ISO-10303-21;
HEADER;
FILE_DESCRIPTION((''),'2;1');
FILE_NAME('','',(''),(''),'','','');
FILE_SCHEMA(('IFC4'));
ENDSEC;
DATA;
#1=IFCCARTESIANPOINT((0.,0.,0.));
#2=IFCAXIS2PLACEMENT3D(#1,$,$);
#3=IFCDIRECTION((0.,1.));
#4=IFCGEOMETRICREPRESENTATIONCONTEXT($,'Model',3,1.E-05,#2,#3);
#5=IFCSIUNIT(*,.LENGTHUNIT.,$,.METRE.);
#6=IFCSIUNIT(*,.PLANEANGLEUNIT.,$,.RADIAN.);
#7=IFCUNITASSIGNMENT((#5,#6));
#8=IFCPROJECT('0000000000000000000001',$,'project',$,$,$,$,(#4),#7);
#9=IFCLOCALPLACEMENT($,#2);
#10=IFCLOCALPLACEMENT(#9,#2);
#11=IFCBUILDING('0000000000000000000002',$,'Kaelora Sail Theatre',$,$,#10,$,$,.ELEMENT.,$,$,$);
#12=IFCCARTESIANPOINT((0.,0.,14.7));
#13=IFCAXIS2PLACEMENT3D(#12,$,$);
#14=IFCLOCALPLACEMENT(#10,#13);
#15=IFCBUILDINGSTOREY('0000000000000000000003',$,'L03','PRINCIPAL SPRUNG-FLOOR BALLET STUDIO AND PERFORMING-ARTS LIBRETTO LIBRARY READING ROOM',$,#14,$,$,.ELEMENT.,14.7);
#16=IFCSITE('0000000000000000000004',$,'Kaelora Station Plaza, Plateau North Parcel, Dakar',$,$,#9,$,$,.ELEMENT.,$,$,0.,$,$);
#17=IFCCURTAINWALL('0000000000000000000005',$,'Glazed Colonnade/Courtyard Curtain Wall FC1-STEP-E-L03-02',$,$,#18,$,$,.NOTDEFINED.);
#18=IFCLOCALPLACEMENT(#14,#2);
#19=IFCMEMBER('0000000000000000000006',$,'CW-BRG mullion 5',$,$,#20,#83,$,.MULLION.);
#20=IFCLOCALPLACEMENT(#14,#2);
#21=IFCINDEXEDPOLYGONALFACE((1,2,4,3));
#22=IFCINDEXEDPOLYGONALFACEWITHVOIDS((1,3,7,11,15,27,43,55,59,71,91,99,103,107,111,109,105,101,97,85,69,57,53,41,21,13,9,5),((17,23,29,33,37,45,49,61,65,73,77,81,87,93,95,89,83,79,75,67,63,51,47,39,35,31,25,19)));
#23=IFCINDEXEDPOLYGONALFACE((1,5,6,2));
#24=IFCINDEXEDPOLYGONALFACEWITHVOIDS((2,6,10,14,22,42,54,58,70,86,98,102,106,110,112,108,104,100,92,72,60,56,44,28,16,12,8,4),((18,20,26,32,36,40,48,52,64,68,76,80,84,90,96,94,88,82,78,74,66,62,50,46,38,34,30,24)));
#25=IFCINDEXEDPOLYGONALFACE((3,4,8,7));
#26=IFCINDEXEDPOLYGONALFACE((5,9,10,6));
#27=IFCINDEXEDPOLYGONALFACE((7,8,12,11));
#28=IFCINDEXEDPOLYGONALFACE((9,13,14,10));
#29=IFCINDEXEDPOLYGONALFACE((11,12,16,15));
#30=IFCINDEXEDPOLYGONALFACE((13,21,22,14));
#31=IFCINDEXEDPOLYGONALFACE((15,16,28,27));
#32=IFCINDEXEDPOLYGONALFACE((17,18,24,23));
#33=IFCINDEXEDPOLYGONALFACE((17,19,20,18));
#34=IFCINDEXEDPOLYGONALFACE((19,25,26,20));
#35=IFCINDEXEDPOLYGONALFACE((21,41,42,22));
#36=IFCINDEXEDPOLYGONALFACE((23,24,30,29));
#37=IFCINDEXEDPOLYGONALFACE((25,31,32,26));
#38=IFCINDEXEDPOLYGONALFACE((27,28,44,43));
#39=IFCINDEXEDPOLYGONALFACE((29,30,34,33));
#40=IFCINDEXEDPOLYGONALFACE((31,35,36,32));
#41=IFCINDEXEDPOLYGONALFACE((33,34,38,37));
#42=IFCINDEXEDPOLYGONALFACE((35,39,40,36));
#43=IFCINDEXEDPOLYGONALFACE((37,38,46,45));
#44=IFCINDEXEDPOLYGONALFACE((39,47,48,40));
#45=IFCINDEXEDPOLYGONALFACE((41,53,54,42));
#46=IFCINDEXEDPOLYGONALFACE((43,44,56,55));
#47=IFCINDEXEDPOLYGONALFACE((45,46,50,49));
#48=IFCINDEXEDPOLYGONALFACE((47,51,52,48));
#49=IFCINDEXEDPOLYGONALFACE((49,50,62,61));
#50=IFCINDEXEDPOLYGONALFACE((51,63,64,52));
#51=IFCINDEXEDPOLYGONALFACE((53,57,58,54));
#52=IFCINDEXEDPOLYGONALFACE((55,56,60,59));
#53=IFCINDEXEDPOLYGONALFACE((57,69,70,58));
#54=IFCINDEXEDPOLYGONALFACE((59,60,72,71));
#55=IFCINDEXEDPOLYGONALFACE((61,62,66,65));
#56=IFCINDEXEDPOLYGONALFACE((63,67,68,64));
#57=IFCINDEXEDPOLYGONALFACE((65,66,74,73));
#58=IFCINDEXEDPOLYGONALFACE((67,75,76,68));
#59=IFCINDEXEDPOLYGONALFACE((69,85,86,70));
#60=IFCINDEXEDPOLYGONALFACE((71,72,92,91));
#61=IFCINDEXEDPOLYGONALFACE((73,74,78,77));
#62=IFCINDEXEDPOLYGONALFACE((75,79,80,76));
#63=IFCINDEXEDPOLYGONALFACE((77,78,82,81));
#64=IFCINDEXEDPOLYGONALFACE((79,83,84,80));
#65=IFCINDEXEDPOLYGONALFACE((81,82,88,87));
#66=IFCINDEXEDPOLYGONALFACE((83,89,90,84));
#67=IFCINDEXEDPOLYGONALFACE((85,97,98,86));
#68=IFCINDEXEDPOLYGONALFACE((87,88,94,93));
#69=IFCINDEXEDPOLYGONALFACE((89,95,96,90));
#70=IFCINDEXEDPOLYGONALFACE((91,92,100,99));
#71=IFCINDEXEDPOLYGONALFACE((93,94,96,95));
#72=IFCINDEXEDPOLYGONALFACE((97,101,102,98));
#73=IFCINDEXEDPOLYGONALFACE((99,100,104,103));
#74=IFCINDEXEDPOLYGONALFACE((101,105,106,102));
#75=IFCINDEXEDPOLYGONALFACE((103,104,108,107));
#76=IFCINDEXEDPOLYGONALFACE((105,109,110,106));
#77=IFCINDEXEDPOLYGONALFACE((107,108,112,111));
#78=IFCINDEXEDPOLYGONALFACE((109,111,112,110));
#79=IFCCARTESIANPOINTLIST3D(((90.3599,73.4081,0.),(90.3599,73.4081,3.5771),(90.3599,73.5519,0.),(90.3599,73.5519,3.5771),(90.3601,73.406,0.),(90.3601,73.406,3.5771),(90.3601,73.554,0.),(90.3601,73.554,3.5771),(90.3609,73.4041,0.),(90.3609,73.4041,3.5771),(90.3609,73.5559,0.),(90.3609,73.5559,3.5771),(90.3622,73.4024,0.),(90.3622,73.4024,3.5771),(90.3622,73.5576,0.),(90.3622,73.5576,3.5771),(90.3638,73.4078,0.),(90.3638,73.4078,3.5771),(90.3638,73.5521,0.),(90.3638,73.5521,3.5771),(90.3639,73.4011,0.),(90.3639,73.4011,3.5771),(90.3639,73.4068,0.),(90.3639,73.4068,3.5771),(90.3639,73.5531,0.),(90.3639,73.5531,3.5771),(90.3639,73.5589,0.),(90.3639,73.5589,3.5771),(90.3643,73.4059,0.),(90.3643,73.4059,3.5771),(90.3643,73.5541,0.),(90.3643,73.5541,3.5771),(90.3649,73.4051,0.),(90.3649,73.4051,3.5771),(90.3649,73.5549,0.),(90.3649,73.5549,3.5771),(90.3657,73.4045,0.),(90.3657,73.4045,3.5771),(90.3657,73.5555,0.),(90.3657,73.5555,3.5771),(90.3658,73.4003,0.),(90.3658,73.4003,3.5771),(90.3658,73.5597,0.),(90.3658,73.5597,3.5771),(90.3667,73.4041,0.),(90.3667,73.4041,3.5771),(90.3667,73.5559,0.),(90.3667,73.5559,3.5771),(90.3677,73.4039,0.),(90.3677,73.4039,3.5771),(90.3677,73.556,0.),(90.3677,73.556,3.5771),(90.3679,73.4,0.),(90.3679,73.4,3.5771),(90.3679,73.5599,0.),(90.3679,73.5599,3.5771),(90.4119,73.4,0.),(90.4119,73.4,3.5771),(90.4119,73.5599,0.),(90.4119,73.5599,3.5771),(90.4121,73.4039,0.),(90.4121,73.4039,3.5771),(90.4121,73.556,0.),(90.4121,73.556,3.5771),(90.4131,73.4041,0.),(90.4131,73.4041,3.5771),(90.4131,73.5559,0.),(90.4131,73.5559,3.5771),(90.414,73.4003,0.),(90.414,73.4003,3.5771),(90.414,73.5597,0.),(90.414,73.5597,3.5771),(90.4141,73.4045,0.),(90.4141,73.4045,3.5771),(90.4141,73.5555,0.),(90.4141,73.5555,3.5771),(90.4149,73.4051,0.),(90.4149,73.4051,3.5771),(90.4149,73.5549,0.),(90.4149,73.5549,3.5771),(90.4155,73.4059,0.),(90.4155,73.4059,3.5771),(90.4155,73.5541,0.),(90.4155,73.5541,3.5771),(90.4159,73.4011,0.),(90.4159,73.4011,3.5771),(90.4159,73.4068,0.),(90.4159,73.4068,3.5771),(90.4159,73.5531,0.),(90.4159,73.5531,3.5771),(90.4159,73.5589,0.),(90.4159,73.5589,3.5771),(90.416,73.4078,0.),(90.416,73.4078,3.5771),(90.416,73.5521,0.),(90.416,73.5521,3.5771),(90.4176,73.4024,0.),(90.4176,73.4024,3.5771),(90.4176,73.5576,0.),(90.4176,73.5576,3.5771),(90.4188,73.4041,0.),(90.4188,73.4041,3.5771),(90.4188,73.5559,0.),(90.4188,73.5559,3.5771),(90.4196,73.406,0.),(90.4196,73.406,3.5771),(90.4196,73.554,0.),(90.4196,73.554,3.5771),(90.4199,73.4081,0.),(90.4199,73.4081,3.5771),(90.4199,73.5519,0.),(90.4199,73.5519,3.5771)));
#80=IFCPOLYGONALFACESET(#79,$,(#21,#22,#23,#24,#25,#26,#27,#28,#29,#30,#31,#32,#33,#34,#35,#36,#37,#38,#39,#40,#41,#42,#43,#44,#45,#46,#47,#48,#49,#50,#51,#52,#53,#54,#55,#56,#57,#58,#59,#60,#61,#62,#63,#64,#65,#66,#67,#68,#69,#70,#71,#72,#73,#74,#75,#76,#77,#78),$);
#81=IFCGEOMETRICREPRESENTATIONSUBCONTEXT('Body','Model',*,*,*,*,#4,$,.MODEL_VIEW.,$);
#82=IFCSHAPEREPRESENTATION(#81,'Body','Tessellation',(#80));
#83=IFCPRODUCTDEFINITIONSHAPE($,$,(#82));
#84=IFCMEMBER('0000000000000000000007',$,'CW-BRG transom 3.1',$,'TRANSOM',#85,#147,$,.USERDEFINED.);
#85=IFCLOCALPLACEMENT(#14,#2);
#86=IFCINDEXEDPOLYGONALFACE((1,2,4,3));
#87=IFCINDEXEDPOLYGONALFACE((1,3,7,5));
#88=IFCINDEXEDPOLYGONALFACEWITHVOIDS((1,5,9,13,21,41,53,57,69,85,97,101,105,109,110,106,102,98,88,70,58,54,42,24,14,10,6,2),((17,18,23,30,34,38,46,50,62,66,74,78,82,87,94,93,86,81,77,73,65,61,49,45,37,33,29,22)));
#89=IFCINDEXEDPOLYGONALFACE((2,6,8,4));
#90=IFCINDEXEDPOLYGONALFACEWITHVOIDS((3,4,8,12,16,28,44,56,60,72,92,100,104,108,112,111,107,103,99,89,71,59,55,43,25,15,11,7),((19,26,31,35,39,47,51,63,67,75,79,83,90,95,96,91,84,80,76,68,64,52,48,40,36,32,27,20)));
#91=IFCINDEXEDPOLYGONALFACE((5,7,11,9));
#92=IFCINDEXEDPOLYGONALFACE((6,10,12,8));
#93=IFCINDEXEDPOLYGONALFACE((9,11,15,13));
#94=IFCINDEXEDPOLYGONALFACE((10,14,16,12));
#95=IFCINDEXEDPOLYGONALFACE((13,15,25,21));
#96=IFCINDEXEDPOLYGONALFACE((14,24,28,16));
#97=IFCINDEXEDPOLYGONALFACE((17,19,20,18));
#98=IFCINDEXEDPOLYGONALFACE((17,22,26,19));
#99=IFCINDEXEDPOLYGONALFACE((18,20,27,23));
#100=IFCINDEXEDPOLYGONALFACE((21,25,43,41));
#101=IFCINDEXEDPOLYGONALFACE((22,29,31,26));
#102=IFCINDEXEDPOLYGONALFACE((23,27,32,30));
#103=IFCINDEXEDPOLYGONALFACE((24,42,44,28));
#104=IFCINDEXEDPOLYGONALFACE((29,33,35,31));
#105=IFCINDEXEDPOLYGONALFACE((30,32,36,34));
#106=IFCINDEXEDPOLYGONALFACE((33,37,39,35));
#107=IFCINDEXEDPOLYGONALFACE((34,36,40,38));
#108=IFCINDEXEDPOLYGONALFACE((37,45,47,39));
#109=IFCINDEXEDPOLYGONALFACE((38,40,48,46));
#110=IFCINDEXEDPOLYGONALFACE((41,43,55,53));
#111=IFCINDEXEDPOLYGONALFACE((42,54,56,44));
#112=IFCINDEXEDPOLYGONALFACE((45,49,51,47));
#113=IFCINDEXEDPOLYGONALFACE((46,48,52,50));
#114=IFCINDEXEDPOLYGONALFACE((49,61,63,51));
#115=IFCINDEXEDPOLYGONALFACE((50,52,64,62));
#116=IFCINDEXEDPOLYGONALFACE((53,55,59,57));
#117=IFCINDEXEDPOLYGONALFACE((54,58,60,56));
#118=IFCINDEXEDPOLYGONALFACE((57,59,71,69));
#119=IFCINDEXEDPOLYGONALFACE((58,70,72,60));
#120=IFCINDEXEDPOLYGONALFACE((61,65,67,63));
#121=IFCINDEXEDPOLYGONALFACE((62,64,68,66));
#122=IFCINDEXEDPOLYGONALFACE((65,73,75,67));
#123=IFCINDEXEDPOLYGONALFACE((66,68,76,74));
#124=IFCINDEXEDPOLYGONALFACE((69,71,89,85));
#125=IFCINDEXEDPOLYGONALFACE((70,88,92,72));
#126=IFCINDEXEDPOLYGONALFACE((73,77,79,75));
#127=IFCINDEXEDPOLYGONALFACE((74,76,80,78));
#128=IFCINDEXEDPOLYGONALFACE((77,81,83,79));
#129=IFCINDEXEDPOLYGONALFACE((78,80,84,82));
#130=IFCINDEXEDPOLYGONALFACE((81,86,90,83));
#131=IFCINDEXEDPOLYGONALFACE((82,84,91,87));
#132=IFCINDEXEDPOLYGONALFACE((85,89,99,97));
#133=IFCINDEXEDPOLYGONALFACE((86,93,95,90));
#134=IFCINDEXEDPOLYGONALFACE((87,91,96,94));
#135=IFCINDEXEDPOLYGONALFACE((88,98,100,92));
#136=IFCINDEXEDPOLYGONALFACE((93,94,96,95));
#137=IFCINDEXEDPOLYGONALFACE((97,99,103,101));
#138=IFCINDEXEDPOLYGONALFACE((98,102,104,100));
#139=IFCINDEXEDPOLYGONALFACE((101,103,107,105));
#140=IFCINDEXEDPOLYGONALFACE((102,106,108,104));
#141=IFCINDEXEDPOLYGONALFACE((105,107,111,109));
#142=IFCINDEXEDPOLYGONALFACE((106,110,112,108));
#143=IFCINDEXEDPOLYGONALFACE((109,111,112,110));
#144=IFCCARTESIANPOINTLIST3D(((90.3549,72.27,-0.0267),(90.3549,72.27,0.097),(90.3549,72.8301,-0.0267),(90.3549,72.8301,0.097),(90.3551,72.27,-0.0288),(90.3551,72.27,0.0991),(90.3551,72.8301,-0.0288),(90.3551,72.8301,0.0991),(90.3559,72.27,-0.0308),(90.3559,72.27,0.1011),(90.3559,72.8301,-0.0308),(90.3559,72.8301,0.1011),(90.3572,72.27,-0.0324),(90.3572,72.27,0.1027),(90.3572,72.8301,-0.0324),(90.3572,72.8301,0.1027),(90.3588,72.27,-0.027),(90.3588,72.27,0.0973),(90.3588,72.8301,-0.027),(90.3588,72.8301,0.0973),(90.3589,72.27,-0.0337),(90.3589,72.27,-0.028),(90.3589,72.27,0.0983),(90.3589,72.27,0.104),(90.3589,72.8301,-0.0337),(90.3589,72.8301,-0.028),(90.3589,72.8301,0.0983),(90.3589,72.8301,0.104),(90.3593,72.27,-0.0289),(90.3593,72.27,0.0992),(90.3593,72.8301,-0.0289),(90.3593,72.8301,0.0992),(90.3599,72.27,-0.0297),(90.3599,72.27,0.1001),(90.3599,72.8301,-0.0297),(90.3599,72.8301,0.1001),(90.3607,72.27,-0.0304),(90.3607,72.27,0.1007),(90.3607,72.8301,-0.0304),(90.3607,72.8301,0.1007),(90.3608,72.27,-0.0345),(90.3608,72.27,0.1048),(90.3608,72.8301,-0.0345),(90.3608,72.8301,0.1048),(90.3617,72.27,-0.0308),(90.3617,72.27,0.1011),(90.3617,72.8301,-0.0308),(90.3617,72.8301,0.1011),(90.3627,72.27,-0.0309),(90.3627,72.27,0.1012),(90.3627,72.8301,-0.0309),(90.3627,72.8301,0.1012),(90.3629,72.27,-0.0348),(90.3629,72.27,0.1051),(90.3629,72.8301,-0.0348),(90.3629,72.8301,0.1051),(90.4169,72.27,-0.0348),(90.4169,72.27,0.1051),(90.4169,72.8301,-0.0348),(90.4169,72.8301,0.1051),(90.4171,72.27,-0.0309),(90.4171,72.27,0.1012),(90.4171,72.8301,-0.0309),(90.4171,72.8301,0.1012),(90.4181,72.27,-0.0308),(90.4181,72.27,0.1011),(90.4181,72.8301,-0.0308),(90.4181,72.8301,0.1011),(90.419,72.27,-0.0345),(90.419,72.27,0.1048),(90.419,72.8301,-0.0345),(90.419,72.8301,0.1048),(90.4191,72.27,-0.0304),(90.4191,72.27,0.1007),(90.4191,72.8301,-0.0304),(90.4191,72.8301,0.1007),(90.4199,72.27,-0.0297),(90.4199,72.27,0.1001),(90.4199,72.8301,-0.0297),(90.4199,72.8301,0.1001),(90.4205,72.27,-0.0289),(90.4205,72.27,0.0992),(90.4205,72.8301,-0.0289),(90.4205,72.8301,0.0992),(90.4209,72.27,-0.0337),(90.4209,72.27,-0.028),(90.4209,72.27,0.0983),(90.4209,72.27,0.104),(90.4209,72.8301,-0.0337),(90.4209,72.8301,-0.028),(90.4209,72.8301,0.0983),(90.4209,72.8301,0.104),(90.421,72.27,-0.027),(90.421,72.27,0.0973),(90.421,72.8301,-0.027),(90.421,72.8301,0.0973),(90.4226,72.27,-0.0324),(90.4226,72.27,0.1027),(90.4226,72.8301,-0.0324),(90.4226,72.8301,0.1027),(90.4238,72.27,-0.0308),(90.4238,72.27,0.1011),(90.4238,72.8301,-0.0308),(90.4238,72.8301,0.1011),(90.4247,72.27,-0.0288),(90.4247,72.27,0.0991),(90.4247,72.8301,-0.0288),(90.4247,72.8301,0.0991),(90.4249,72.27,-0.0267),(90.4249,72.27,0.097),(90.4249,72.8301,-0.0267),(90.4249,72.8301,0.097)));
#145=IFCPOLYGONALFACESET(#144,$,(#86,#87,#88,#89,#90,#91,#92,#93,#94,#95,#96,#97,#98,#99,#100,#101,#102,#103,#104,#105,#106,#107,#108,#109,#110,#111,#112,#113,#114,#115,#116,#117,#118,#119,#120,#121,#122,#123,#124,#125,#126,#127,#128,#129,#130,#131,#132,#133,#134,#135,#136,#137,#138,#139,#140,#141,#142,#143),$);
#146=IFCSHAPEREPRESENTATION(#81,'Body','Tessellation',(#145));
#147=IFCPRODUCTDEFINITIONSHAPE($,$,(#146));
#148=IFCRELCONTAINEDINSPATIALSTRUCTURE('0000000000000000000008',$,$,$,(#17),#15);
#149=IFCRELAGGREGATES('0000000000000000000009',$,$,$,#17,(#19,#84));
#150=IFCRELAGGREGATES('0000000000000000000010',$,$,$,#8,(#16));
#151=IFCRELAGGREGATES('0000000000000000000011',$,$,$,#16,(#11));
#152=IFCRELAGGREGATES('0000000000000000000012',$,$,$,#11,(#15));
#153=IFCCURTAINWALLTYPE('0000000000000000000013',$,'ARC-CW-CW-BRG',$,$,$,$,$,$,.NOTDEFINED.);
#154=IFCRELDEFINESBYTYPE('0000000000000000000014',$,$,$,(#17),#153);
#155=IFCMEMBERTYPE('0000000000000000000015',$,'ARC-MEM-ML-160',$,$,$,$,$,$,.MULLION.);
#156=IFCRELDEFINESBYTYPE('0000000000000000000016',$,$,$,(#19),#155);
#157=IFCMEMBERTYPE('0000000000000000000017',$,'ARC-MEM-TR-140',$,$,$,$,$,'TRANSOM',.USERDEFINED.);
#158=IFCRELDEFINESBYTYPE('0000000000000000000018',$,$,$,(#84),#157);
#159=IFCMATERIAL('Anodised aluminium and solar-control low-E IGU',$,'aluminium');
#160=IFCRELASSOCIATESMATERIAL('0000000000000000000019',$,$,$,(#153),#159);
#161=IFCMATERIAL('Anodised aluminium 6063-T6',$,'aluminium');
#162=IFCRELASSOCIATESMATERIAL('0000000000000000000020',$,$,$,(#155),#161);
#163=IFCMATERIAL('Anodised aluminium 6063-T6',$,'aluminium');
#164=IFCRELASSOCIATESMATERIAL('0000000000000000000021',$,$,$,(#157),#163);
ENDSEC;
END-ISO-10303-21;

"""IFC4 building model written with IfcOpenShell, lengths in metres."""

from ifc_helpers import new_model, si_unit, direction, frame, origin, origin_2d, place, context, subcontext, project, spatial, hollow_rectangle, extrude, material, material_profile, profile_set, type_object, element, aggregate, save


model = new_model("IFC4")

# Units and contexts
model_context = context("Model", 3, precision=1e-05, world=origin(), true_north=direction((0.0, 1.0)))
body_context = subcontext(model_context, "Body", "Model", "MODEL_VIEW")
ifc_project = project(units=[si_unit("LENGTHUNIT", "METRE"), si_unit("PLANEANGLEUNIT", "RADIAN")], contexts=[model_context])

# Site, building, storey
site_placement = place(None, origin())
site = spatial("IfcSite", under=ifc_project, at=site_placement, Name="Kaelora Station Plaza, Plateau North Parcel, Dakar", CompositionType="ELEMENT", RefElevation=0.0)
building_placement = place(site_placement, origin())
building = spatial("IfcBuilding", under=site, at=building_placement, Name="Kaelora Sail Theatre", CompositionType="ELEMENT")
storey_placement = place(building_placement, frame((0.0, 0.0, 14.7)))
storey = spatial("IfcBuildingStorey", under=building, at=storey_placement, Name="L03", Description="PRINCIPAL SPRUNG-FLOOR BALLET STUDIO AND PERFORMING-ARTS LIBRETTO LIBRARY READING ROOM", CompositionType="ELEMENT", Elevation=14.7)

# Curtain wall, members
ifc_material_1 = material(Name="Anodised aluminium and solar-control low-E IGU", Category="aluminium")
curtain_wall_type = type_object("IfcCurtainWallType", Name="ARC-CW-CW-BRG", PredefinedType="NOTDEFINED", material=ifc_material_1)
curtain_wall_placement = place(storey_placement, origin())
curtain_wall = element("IfcCurtainWall", 1, at=curtain_wall_placement, inside=storey, type_object=curtain_wall_type, Name="Glazed Colonnade/Courtyard Curtain Wall FC1-STEP-E-L03-02", PredefinedType="NOTDEFINED")
ifc_material_2 = material(Name="Anodised aluminium 6063-T6", Category="aluminium")
ifc_material_profile_1 = material_profile(ifc_material_2, hollow_rectangle(XDim=0.0601, YDim=0.1599, WallThickness=0.0039, InnerFilletRadius=0.0039, OuterFilletRadius=0.0081, at=origin_2d()), Name="ALU-MULL 60x160x4")
ifc_profile_set_1 = profile_set([ifc_material_profile_1], Name="Anodised aluminium 6063-T6")
member_type_1 = type_object("IfcMemberType", Name="ARC-MEM-ML-160", PredefinedType="MULLION", material=ifc_profile_set_1)
member_1_placement = place(storey_placement, frame((90.3899, 73.48, 0.0), z_axis=(0.0, 0.0, 1.0), x_axis=(-1.0, 0.0, 0.0)))
member_1 = element("IfcMember", 2, at=member_1_placement, type_object=member_type_1, Name="CW-BRG mullion 5", PredefinedType="MULLION", context=body_context, shape_type="SweptSolid", body=[
    extrude(hollow_rectangle(XDim=0.0601, YDim=0.1599, WallThickness=0.0039, InnerFilletRadius=0.0039, OuterFilletRadius=0.0081, at=origin_2d()), origin(), (0.0, 0.0, 1.0), 3.5771),
])
ifc_material_3 = material(Name="Anodised aluminium 6063-T6", Category="aluminium")
ifc_material_profile_2 = material_profile(ifc_material_3, hollow_rectangle(XDim=0.0701, YDim=0.1399, WallThickness=0.0039, InnerFilletRadius=0.0039, OuterFilletRadius=0.0081, at=origin_2d()), Name="ALU-TRAN 70x140x4")
ifc_profile_set_2 = profile_set([ifc_material_profile_2], Name="Anodised aluminium 6063-T6")
member_type_2 = type_object("IfcMemberType", Name="ARC-MEM-TR-140", ElementType="TRANSOM", PredefinedType="USERDEFINED", material=ifc_profile_set_2)
member_2_placement = place(storey_placement, frame((90.3899, 72.27, 0.0352), z_axis=(0.0, 1.0, 0.0), x_axis=(-1.0, 0.0, 0.0)))
member_2 = element("IfcMember", 3, at=member_2_placement, type_object=member_type_2, Name="CW-BRG transom 3.1", ObjectType="TRANSOM", PredefinedType="USERDEFINED", context=body_context, shape_type="SweptSolid", body=[
    extrude(hollow_rectangle(XDim=0.0701, YDim=0.1399, WallThickness=0.0039, InnerFilletRadius=0.0039, OuterFilletRadius=0.0081, at=origin_2d()), origin(), (0.0, 0.0, 1.0), 0.5601),
])
aggregate(curtain_wall, [member_1, member_2])

save(model, "model.ifc")
